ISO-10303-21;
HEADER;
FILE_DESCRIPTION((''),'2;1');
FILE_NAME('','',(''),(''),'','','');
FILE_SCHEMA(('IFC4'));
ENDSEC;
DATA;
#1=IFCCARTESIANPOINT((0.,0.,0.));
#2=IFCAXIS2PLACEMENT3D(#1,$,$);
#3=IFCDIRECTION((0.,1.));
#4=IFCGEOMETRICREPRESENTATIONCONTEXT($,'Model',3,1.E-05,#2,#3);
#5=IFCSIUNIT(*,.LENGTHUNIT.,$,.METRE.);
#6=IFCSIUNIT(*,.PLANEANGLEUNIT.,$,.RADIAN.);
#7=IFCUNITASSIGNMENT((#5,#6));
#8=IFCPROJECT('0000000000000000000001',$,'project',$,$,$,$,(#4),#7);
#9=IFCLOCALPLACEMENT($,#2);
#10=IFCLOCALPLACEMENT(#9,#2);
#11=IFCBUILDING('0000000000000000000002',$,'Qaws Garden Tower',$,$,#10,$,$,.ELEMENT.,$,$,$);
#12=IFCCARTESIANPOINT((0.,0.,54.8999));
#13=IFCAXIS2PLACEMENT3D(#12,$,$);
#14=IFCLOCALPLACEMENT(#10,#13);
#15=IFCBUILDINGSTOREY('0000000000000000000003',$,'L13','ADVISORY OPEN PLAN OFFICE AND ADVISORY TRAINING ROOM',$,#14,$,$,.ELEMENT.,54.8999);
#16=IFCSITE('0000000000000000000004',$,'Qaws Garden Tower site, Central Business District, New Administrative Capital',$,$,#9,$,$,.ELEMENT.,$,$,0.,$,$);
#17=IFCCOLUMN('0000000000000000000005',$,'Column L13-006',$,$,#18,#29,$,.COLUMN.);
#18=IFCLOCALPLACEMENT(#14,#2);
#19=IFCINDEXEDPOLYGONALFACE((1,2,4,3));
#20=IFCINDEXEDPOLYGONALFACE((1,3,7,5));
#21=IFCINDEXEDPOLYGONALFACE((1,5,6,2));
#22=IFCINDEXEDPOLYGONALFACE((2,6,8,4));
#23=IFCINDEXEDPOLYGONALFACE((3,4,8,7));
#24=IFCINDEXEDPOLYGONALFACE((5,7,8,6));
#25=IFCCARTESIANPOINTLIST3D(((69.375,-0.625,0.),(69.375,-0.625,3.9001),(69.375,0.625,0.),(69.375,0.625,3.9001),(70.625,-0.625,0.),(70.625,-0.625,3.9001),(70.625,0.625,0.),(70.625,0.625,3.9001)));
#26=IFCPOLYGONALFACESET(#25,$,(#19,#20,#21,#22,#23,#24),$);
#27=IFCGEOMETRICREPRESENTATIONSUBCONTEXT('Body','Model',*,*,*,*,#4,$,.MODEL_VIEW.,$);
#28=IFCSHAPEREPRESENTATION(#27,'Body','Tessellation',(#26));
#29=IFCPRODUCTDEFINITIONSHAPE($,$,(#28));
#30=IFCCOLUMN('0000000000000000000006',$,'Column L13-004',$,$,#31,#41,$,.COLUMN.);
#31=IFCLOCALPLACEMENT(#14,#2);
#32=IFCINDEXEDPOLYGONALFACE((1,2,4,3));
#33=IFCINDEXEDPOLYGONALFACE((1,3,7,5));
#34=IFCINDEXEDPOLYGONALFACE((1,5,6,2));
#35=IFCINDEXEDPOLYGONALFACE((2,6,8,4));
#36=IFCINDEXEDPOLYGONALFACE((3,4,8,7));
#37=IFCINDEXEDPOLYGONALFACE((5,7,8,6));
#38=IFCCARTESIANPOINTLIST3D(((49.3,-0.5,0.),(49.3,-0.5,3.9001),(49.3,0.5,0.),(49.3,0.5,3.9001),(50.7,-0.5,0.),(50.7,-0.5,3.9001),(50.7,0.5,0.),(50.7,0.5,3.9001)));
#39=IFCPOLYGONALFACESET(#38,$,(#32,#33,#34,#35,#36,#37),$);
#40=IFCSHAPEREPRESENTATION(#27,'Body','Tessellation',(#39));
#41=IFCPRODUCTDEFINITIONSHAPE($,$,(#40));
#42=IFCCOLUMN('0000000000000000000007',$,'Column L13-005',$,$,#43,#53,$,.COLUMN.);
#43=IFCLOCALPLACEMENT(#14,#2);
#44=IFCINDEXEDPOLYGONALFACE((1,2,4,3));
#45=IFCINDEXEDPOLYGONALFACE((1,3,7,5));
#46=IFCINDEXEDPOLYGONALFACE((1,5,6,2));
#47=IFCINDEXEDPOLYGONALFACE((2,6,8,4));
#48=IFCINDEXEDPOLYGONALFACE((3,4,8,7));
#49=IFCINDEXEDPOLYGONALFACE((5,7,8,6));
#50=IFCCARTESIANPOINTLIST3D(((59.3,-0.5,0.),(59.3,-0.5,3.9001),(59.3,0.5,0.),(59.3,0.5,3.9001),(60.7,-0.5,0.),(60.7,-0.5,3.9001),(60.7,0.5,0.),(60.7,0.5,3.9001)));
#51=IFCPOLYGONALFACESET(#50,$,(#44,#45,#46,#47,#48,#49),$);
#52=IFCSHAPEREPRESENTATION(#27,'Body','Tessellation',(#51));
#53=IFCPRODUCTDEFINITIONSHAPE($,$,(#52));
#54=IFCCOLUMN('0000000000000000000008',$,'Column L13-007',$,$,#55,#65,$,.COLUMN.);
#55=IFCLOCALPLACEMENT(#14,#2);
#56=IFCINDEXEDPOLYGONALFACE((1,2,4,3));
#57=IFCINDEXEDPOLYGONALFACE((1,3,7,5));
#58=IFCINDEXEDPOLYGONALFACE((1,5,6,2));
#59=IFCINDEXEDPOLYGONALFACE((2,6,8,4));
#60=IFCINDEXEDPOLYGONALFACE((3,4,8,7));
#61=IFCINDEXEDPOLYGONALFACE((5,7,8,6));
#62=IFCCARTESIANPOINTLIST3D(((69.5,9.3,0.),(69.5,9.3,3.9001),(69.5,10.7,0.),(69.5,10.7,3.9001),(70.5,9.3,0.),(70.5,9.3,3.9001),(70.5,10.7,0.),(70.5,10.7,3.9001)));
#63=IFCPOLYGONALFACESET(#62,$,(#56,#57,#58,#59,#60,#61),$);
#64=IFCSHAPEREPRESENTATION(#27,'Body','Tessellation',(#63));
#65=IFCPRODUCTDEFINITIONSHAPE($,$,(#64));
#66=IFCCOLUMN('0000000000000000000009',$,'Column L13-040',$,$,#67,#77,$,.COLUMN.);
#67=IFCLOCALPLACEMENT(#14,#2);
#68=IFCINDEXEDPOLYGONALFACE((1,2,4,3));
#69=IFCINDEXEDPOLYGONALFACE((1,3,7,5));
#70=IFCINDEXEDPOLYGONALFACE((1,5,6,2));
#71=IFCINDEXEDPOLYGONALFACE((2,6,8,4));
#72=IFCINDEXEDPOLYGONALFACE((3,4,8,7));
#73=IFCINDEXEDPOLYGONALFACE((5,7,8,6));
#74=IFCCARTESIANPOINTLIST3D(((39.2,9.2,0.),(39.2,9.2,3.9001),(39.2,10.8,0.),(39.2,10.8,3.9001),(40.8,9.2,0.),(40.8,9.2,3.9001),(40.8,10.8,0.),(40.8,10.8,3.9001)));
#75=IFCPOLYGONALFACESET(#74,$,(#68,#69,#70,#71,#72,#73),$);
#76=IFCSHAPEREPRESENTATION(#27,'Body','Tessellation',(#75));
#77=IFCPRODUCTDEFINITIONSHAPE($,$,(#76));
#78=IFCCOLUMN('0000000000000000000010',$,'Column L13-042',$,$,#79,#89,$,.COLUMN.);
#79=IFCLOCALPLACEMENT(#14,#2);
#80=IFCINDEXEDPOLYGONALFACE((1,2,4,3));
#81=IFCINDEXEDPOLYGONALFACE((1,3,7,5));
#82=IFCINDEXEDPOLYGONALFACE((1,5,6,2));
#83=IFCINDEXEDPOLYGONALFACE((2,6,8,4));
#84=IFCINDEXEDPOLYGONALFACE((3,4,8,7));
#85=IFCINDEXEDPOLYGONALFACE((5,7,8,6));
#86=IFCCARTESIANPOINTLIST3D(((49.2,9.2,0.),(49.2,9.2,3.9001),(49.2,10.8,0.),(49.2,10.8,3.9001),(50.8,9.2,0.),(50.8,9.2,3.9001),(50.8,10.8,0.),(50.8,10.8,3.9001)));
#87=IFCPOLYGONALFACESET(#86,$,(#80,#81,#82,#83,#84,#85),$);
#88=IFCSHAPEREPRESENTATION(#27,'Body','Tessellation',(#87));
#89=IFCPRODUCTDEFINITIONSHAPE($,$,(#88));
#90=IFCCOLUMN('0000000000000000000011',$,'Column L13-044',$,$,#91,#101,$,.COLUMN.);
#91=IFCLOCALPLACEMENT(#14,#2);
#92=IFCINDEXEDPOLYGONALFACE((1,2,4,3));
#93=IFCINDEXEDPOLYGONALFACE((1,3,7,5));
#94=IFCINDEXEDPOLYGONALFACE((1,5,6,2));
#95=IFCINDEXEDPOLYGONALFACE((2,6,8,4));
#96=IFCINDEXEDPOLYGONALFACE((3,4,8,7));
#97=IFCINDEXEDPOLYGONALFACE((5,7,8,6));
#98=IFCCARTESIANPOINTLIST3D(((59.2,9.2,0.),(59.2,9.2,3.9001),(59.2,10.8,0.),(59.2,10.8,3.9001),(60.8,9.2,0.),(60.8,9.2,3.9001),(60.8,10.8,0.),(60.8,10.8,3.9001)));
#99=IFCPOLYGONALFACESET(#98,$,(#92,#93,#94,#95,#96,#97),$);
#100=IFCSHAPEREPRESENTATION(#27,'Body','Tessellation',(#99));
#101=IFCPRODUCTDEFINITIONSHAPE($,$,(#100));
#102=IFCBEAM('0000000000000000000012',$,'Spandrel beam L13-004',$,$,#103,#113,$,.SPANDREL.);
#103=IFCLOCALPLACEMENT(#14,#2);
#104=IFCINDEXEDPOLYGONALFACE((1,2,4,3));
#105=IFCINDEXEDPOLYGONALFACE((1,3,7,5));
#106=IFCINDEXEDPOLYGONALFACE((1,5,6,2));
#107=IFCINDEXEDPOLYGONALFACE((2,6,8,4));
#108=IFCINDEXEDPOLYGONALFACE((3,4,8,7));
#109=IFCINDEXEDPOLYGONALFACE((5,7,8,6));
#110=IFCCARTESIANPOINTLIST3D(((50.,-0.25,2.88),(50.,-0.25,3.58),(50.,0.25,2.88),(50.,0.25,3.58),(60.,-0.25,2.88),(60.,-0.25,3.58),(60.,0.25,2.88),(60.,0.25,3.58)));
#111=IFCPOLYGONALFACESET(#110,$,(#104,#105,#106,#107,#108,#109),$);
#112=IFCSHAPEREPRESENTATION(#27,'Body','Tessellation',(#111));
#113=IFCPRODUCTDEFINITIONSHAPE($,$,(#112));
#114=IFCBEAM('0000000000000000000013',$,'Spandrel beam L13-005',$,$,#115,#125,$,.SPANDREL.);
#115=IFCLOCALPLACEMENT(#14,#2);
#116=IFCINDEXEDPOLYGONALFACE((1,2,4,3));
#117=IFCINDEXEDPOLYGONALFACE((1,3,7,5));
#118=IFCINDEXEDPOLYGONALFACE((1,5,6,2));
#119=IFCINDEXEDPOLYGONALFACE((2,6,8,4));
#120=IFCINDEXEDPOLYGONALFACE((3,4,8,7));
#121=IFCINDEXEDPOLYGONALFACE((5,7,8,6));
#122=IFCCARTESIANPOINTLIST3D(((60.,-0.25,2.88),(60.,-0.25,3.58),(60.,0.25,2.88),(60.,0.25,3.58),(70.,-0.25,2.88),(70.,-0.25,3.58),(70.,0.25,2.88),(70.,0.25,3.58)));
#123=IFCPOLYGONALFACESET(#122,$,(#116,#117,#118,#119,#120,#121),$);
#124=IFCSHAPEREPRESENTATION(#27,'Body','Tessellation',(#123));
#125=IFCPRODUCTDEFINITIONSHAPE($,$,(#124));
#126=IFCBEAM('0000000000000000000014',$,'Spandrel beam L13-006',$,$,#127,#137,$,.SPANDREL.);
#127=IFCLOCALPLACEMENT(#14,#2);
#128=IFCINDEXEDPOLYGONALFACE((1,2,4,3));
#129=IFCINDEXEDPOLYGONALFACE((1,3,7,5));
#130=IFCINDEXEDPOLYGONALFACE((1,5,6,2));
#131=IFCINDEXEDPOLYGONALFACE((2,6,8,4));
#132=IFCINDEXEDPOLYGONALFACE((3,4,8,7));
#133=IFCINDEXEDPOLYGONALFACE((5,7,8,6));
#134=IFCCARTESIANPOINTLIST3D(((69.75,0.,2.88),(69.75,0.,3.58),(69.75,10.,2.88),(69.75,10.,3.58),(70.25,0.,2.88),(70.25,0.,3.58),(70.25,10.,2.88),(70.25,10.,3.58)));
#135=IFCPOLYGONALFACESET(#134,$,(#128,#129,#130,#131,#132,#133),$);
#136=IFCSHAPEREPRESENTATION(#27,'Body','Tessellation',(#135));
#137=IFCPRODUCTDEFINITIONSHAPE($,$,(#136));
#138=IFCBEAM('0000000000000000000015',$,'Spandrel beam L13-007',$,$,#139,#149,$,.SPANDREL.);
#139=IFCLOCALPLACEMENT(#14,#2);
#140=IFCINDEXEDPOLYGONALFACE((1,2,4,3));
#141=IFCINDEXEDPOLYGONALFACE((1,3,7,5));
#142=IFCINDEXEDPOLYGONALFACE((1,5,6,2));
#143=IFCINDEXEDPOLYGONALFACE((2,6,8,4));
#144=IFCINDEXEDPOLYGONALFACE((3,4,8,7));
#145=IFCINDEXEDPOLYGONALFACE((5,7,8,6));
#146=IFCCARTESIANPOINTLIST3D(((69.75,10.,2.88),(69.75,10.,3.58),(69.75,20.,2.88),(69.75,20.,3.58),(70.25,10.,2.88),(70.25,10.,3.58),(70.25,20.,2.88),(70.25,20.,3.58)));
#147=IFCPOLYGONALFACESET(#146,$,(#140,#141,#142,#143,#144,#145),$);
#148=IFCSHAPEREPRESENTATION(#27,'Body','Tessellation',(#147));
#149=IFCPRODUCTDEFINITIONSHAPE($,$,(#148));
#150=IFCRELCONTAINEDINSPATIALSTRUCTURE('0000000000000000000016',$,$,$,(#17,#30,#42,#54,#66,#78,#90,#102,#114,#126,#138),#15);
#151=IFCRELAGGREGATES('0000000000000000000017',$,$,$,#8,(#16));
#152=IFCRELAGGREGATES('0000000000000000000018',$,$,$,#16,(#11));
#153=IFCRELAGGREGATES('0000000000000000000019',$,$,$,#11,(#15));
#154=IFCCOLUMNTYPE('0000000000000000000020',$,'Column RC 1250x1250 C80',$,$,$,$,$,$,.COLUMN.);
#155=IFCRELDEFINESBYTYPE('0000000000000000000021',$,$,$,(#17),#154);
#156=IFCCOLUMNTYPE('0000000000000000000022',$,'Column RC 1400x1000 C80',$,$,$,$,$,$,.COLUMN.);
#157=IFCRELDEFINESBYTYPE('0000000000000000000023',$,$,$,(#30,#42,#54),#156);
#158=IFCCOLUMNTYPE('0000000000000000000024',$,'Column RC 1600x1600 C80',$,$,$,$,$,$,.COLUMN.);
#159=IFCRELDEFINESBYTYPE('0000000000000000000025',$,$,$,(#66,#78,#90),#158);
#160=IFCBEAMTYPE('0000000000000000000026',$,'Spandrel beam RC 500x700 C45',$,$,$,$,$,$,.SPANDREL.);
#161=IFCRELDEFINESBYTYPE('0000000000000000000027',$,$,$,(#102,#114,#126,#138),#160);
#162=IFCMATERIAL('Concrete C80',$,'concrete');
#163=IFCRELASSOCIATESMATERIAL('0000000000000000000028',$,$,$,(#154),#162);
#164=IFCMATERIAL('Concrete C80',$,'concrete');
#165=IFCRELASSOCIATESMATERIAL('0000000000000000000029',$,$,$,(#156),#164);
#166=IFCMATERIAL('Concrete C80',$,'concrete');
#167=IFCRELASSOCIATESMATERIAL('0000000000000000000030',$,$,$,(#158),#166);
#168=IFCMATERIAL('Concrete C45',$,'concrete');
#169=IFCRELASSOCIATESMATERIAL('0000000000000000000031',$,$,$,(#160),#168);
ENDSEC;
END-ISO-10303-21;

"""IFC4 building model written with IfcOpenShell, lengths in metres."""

from ifc_helpers import new_model, si_unit, direction, frame, origin, origin_2d, place, context, subcontext, project, spatial, rectangle, extrude, material, material_profile, profile_set, type_object, element, save


model = new_model("IFC4")

# Units and contexts
model_context = context("Model", 3, precision=1e-05, world=origin(), true_north=direction((0.0, 1.0)))
body_context = subcontext(model_context, "Body", "Model", "MODEL_VIEW")
ifc_project = project(units=[si_unit("LENGTHUNIT", "METRE"), si_unit("PLANEANGLEUNIT", "RADIAN")], contexts=[model_context])

# Site, building, storey
site_placement = place(None, origin())
site = spatial("IfcSite", under=ifc_project, at=site_placement, Name="Qaws Garden Tower site, Central Business District, New Administrative Capital", CompositionType="ELEMENT", RefElevation=0.0)
building_placement = place(site_placement, origin())
building = spatial("IfcBuilding", under=site, at=building_placement, Name="Qaws Garden Tower", CompositionType="ELEMENT")
storey_placement = place(building_placement, frame((0.0, 0.0, 54.8999)))
storey = spatial("IfcBuildingStorey", under=building, at=storey_placement, Name="L13", Description="ADVISORY OPEN PLAN OFFICE AND ADVISORY TRAINING ROOM", CompositionType="ELEMENT", Elevation=54.8999)

# Columns
ifc_material_1 = material(Name="Concrete C80", Category="concrete")
ifc_material_profile_1 = material_profile(ifc_material_1, rectangle(XDim=1.25, YDim=1.25, at=origin_2d()), Name="RC 1250x1250")
ifc_profile_set_1 = profile_set([ifc_material_profile_1], Name="Concrete C80")
column_type_1 = type_object("IfcColumnType", Name="Column RC 1250x1250 C80", PredefinedType="COLUMN", material=ifc_profile_set_1)
column_placement = place(storey_placement, frame((70.0, 0.0, 0.0), z_axis=(0.0, 0.0, 1.0), x_axis=(1.0, 0.0, 0.0)))
element("IfcColumn", 1, at=column_placement, inside=storey, type_object=column_type_1, Name="Column L13-006", PredefinedType="COLUMN", context=body_context, shape_type="SweptSolid", body=[
    extrude(rectangle(XDim=1.25, YDim=1.25, at=origin_2d()), origin(), (0.0, 0.0, 1.0), 3.9001),
])
ifc_material_2 = material(Name="Concrete C80", Category="concrete")
ifc_material_profile_2 = material_profile(ifc_material_2, rectangle(XDim=1.3999, YDim=1.0, at=origin_2d()), Name="RC 1400x1000")
ifc_profile_set_2 = profile_set([ifc_material_profile_2], Name="Concrete C80")
column_type_2 = type_object("IfcColumnType", Name="Column RC 1400x1000 C80", PredefinedType="COLUMN", material=ifc_profile_set_2)
for number, where, z_axis, x_axis, name in (
    (2, (50.0, 0.0, 0.0), (0.0, 0.0, 1.0), (1.0, 0.0, 0.0), "Column L13-004"),
    (3, (60.0, 0.0, 0.0), (0.0, 0.0, 1.0), (1.0, 0.0, 0.0), "Column L13-005"),
    (4, (70.0, 10.0, 0.0), (0.0, 0.0, 1.0), (0.0, 1.0, 0.0), "Column L13-007"),
):
    element("IfcColumn", number, at=place(storey_placement, frame(where, z_axis=z_axis, x_axis=x_axis)), inside=storey, type_object=column_type_2, Name=name, PredefinedType="COLUMN", context=body_context, shape_type="SweptSolid", body=[
        extrude(rectangle(XDim=1.3999, YDim=1.0, at=origin_2d()), origin(), (0.0, 0.0, 1.0), 3.9001),
    ])
ifc_material_3 = material(Name="Concrete C80", Category="concrete")
ifc_material_profile_3 = material_profile(ifc_material_3, rectangle(XDim=1.6001, YDim=1.6001, at=origin_2d()), Name="RC 1600x1600")
ifc_profile_set_3 = profile_set([ifc_material_profile_3], Name="Concrete C80")
column_type_3 = type_object("IfcColumnType", Name="Column RC 1600x1600 C80", PredefinedType="COLUMN", material=ifc_profile_set_3)
for number, where, z_axis, x_axis, name in (
    (5, (40.0, 10.0, 0.0), (0.0, 0.0, 1.0), (1.0, 0.0, 0.0), "Column L13-040"),
    (6, (50.0, 10.0, 0.0), (0.0, 0.0, 1.0), (1.0, 0.0, 0.0), "Column L13-042"),
    (7, (60.0, 10.0, 0.0), (0.0, 0.0, 1.0), (1.0, 0.0, 0.0), "Column L13-044"),
):
    element("IfcColumn", number, at=place(storey_placement, frame(where, z_axis=z_axis, x_axis=x_axis)), inside=storey, type_object=column_type_3, Name=name, PredefinedType="COLUMN", context=body_context, shape_type="SweptSolid", body=[
        extrude(rectangle(XDim=1.6001, YDim=1.6001, at=origin_2d()), origin(), (0.0, 0.0, 1.0), 3.9001),
    ])

# Beams
ifc_material_4 = material(Name="Concrete C45", Category="concrete")
ifc_material_profile_4 = material_profile(ifc_material_4, rectangle(XDim=0.5, YDim=0.7, at=origin_2d()), Name="RC 500x700")
ifc_profile_set_4 = profile_set([ifc_material_profile_4], Name="Concrete C45")
beam_type = type_object("IfcBeamType", Name="Spandrel beam RC 500x700 C45", PredefinedType="SPANDREL", material=ifc_profile_set_4)
for number, where, z_axis, x_axis, name in (
    (8, (50.0, 0.0, 3.23), (1.0, 0.0, 0.0), (0.0, 1.0, 0.0), "Spandrel beam L13-004"),
    (9, (60.0, 0.0, 3.23), (1.0, 0.0, 0.0), (0.0, 1.0, 0.0), "Spandrel beam L13-005"),
    (10, (70.0, 0.0, 3.23), (0.0, 1.0, 0.0), (-1.0, 0.0, 0.0), "Spandrel beam L13-006"),
    (11, (70.0, 10.0, 3.23), (0.0, 1.0, 0.0), (-1.0, 0.0, 0.0), "Spandrel beam L13-007"),
):
    element("IfcBeam", number, at=place(storey_placement, frame(where, z_axis=z_axis, x_axis=x_axis)), inside=storey, type_object=beam_type, Name=name, PredefinedType="SPANDREL", context=body_context, shape_type="SweptSolid", body=[
        extrude(rectangle(XDim=0.5, YDim=0.7, at=origin_2d()), origin(), (0.0, 0.0, 1.0), 10.0),
    ])

save(model, "model.ifc")
